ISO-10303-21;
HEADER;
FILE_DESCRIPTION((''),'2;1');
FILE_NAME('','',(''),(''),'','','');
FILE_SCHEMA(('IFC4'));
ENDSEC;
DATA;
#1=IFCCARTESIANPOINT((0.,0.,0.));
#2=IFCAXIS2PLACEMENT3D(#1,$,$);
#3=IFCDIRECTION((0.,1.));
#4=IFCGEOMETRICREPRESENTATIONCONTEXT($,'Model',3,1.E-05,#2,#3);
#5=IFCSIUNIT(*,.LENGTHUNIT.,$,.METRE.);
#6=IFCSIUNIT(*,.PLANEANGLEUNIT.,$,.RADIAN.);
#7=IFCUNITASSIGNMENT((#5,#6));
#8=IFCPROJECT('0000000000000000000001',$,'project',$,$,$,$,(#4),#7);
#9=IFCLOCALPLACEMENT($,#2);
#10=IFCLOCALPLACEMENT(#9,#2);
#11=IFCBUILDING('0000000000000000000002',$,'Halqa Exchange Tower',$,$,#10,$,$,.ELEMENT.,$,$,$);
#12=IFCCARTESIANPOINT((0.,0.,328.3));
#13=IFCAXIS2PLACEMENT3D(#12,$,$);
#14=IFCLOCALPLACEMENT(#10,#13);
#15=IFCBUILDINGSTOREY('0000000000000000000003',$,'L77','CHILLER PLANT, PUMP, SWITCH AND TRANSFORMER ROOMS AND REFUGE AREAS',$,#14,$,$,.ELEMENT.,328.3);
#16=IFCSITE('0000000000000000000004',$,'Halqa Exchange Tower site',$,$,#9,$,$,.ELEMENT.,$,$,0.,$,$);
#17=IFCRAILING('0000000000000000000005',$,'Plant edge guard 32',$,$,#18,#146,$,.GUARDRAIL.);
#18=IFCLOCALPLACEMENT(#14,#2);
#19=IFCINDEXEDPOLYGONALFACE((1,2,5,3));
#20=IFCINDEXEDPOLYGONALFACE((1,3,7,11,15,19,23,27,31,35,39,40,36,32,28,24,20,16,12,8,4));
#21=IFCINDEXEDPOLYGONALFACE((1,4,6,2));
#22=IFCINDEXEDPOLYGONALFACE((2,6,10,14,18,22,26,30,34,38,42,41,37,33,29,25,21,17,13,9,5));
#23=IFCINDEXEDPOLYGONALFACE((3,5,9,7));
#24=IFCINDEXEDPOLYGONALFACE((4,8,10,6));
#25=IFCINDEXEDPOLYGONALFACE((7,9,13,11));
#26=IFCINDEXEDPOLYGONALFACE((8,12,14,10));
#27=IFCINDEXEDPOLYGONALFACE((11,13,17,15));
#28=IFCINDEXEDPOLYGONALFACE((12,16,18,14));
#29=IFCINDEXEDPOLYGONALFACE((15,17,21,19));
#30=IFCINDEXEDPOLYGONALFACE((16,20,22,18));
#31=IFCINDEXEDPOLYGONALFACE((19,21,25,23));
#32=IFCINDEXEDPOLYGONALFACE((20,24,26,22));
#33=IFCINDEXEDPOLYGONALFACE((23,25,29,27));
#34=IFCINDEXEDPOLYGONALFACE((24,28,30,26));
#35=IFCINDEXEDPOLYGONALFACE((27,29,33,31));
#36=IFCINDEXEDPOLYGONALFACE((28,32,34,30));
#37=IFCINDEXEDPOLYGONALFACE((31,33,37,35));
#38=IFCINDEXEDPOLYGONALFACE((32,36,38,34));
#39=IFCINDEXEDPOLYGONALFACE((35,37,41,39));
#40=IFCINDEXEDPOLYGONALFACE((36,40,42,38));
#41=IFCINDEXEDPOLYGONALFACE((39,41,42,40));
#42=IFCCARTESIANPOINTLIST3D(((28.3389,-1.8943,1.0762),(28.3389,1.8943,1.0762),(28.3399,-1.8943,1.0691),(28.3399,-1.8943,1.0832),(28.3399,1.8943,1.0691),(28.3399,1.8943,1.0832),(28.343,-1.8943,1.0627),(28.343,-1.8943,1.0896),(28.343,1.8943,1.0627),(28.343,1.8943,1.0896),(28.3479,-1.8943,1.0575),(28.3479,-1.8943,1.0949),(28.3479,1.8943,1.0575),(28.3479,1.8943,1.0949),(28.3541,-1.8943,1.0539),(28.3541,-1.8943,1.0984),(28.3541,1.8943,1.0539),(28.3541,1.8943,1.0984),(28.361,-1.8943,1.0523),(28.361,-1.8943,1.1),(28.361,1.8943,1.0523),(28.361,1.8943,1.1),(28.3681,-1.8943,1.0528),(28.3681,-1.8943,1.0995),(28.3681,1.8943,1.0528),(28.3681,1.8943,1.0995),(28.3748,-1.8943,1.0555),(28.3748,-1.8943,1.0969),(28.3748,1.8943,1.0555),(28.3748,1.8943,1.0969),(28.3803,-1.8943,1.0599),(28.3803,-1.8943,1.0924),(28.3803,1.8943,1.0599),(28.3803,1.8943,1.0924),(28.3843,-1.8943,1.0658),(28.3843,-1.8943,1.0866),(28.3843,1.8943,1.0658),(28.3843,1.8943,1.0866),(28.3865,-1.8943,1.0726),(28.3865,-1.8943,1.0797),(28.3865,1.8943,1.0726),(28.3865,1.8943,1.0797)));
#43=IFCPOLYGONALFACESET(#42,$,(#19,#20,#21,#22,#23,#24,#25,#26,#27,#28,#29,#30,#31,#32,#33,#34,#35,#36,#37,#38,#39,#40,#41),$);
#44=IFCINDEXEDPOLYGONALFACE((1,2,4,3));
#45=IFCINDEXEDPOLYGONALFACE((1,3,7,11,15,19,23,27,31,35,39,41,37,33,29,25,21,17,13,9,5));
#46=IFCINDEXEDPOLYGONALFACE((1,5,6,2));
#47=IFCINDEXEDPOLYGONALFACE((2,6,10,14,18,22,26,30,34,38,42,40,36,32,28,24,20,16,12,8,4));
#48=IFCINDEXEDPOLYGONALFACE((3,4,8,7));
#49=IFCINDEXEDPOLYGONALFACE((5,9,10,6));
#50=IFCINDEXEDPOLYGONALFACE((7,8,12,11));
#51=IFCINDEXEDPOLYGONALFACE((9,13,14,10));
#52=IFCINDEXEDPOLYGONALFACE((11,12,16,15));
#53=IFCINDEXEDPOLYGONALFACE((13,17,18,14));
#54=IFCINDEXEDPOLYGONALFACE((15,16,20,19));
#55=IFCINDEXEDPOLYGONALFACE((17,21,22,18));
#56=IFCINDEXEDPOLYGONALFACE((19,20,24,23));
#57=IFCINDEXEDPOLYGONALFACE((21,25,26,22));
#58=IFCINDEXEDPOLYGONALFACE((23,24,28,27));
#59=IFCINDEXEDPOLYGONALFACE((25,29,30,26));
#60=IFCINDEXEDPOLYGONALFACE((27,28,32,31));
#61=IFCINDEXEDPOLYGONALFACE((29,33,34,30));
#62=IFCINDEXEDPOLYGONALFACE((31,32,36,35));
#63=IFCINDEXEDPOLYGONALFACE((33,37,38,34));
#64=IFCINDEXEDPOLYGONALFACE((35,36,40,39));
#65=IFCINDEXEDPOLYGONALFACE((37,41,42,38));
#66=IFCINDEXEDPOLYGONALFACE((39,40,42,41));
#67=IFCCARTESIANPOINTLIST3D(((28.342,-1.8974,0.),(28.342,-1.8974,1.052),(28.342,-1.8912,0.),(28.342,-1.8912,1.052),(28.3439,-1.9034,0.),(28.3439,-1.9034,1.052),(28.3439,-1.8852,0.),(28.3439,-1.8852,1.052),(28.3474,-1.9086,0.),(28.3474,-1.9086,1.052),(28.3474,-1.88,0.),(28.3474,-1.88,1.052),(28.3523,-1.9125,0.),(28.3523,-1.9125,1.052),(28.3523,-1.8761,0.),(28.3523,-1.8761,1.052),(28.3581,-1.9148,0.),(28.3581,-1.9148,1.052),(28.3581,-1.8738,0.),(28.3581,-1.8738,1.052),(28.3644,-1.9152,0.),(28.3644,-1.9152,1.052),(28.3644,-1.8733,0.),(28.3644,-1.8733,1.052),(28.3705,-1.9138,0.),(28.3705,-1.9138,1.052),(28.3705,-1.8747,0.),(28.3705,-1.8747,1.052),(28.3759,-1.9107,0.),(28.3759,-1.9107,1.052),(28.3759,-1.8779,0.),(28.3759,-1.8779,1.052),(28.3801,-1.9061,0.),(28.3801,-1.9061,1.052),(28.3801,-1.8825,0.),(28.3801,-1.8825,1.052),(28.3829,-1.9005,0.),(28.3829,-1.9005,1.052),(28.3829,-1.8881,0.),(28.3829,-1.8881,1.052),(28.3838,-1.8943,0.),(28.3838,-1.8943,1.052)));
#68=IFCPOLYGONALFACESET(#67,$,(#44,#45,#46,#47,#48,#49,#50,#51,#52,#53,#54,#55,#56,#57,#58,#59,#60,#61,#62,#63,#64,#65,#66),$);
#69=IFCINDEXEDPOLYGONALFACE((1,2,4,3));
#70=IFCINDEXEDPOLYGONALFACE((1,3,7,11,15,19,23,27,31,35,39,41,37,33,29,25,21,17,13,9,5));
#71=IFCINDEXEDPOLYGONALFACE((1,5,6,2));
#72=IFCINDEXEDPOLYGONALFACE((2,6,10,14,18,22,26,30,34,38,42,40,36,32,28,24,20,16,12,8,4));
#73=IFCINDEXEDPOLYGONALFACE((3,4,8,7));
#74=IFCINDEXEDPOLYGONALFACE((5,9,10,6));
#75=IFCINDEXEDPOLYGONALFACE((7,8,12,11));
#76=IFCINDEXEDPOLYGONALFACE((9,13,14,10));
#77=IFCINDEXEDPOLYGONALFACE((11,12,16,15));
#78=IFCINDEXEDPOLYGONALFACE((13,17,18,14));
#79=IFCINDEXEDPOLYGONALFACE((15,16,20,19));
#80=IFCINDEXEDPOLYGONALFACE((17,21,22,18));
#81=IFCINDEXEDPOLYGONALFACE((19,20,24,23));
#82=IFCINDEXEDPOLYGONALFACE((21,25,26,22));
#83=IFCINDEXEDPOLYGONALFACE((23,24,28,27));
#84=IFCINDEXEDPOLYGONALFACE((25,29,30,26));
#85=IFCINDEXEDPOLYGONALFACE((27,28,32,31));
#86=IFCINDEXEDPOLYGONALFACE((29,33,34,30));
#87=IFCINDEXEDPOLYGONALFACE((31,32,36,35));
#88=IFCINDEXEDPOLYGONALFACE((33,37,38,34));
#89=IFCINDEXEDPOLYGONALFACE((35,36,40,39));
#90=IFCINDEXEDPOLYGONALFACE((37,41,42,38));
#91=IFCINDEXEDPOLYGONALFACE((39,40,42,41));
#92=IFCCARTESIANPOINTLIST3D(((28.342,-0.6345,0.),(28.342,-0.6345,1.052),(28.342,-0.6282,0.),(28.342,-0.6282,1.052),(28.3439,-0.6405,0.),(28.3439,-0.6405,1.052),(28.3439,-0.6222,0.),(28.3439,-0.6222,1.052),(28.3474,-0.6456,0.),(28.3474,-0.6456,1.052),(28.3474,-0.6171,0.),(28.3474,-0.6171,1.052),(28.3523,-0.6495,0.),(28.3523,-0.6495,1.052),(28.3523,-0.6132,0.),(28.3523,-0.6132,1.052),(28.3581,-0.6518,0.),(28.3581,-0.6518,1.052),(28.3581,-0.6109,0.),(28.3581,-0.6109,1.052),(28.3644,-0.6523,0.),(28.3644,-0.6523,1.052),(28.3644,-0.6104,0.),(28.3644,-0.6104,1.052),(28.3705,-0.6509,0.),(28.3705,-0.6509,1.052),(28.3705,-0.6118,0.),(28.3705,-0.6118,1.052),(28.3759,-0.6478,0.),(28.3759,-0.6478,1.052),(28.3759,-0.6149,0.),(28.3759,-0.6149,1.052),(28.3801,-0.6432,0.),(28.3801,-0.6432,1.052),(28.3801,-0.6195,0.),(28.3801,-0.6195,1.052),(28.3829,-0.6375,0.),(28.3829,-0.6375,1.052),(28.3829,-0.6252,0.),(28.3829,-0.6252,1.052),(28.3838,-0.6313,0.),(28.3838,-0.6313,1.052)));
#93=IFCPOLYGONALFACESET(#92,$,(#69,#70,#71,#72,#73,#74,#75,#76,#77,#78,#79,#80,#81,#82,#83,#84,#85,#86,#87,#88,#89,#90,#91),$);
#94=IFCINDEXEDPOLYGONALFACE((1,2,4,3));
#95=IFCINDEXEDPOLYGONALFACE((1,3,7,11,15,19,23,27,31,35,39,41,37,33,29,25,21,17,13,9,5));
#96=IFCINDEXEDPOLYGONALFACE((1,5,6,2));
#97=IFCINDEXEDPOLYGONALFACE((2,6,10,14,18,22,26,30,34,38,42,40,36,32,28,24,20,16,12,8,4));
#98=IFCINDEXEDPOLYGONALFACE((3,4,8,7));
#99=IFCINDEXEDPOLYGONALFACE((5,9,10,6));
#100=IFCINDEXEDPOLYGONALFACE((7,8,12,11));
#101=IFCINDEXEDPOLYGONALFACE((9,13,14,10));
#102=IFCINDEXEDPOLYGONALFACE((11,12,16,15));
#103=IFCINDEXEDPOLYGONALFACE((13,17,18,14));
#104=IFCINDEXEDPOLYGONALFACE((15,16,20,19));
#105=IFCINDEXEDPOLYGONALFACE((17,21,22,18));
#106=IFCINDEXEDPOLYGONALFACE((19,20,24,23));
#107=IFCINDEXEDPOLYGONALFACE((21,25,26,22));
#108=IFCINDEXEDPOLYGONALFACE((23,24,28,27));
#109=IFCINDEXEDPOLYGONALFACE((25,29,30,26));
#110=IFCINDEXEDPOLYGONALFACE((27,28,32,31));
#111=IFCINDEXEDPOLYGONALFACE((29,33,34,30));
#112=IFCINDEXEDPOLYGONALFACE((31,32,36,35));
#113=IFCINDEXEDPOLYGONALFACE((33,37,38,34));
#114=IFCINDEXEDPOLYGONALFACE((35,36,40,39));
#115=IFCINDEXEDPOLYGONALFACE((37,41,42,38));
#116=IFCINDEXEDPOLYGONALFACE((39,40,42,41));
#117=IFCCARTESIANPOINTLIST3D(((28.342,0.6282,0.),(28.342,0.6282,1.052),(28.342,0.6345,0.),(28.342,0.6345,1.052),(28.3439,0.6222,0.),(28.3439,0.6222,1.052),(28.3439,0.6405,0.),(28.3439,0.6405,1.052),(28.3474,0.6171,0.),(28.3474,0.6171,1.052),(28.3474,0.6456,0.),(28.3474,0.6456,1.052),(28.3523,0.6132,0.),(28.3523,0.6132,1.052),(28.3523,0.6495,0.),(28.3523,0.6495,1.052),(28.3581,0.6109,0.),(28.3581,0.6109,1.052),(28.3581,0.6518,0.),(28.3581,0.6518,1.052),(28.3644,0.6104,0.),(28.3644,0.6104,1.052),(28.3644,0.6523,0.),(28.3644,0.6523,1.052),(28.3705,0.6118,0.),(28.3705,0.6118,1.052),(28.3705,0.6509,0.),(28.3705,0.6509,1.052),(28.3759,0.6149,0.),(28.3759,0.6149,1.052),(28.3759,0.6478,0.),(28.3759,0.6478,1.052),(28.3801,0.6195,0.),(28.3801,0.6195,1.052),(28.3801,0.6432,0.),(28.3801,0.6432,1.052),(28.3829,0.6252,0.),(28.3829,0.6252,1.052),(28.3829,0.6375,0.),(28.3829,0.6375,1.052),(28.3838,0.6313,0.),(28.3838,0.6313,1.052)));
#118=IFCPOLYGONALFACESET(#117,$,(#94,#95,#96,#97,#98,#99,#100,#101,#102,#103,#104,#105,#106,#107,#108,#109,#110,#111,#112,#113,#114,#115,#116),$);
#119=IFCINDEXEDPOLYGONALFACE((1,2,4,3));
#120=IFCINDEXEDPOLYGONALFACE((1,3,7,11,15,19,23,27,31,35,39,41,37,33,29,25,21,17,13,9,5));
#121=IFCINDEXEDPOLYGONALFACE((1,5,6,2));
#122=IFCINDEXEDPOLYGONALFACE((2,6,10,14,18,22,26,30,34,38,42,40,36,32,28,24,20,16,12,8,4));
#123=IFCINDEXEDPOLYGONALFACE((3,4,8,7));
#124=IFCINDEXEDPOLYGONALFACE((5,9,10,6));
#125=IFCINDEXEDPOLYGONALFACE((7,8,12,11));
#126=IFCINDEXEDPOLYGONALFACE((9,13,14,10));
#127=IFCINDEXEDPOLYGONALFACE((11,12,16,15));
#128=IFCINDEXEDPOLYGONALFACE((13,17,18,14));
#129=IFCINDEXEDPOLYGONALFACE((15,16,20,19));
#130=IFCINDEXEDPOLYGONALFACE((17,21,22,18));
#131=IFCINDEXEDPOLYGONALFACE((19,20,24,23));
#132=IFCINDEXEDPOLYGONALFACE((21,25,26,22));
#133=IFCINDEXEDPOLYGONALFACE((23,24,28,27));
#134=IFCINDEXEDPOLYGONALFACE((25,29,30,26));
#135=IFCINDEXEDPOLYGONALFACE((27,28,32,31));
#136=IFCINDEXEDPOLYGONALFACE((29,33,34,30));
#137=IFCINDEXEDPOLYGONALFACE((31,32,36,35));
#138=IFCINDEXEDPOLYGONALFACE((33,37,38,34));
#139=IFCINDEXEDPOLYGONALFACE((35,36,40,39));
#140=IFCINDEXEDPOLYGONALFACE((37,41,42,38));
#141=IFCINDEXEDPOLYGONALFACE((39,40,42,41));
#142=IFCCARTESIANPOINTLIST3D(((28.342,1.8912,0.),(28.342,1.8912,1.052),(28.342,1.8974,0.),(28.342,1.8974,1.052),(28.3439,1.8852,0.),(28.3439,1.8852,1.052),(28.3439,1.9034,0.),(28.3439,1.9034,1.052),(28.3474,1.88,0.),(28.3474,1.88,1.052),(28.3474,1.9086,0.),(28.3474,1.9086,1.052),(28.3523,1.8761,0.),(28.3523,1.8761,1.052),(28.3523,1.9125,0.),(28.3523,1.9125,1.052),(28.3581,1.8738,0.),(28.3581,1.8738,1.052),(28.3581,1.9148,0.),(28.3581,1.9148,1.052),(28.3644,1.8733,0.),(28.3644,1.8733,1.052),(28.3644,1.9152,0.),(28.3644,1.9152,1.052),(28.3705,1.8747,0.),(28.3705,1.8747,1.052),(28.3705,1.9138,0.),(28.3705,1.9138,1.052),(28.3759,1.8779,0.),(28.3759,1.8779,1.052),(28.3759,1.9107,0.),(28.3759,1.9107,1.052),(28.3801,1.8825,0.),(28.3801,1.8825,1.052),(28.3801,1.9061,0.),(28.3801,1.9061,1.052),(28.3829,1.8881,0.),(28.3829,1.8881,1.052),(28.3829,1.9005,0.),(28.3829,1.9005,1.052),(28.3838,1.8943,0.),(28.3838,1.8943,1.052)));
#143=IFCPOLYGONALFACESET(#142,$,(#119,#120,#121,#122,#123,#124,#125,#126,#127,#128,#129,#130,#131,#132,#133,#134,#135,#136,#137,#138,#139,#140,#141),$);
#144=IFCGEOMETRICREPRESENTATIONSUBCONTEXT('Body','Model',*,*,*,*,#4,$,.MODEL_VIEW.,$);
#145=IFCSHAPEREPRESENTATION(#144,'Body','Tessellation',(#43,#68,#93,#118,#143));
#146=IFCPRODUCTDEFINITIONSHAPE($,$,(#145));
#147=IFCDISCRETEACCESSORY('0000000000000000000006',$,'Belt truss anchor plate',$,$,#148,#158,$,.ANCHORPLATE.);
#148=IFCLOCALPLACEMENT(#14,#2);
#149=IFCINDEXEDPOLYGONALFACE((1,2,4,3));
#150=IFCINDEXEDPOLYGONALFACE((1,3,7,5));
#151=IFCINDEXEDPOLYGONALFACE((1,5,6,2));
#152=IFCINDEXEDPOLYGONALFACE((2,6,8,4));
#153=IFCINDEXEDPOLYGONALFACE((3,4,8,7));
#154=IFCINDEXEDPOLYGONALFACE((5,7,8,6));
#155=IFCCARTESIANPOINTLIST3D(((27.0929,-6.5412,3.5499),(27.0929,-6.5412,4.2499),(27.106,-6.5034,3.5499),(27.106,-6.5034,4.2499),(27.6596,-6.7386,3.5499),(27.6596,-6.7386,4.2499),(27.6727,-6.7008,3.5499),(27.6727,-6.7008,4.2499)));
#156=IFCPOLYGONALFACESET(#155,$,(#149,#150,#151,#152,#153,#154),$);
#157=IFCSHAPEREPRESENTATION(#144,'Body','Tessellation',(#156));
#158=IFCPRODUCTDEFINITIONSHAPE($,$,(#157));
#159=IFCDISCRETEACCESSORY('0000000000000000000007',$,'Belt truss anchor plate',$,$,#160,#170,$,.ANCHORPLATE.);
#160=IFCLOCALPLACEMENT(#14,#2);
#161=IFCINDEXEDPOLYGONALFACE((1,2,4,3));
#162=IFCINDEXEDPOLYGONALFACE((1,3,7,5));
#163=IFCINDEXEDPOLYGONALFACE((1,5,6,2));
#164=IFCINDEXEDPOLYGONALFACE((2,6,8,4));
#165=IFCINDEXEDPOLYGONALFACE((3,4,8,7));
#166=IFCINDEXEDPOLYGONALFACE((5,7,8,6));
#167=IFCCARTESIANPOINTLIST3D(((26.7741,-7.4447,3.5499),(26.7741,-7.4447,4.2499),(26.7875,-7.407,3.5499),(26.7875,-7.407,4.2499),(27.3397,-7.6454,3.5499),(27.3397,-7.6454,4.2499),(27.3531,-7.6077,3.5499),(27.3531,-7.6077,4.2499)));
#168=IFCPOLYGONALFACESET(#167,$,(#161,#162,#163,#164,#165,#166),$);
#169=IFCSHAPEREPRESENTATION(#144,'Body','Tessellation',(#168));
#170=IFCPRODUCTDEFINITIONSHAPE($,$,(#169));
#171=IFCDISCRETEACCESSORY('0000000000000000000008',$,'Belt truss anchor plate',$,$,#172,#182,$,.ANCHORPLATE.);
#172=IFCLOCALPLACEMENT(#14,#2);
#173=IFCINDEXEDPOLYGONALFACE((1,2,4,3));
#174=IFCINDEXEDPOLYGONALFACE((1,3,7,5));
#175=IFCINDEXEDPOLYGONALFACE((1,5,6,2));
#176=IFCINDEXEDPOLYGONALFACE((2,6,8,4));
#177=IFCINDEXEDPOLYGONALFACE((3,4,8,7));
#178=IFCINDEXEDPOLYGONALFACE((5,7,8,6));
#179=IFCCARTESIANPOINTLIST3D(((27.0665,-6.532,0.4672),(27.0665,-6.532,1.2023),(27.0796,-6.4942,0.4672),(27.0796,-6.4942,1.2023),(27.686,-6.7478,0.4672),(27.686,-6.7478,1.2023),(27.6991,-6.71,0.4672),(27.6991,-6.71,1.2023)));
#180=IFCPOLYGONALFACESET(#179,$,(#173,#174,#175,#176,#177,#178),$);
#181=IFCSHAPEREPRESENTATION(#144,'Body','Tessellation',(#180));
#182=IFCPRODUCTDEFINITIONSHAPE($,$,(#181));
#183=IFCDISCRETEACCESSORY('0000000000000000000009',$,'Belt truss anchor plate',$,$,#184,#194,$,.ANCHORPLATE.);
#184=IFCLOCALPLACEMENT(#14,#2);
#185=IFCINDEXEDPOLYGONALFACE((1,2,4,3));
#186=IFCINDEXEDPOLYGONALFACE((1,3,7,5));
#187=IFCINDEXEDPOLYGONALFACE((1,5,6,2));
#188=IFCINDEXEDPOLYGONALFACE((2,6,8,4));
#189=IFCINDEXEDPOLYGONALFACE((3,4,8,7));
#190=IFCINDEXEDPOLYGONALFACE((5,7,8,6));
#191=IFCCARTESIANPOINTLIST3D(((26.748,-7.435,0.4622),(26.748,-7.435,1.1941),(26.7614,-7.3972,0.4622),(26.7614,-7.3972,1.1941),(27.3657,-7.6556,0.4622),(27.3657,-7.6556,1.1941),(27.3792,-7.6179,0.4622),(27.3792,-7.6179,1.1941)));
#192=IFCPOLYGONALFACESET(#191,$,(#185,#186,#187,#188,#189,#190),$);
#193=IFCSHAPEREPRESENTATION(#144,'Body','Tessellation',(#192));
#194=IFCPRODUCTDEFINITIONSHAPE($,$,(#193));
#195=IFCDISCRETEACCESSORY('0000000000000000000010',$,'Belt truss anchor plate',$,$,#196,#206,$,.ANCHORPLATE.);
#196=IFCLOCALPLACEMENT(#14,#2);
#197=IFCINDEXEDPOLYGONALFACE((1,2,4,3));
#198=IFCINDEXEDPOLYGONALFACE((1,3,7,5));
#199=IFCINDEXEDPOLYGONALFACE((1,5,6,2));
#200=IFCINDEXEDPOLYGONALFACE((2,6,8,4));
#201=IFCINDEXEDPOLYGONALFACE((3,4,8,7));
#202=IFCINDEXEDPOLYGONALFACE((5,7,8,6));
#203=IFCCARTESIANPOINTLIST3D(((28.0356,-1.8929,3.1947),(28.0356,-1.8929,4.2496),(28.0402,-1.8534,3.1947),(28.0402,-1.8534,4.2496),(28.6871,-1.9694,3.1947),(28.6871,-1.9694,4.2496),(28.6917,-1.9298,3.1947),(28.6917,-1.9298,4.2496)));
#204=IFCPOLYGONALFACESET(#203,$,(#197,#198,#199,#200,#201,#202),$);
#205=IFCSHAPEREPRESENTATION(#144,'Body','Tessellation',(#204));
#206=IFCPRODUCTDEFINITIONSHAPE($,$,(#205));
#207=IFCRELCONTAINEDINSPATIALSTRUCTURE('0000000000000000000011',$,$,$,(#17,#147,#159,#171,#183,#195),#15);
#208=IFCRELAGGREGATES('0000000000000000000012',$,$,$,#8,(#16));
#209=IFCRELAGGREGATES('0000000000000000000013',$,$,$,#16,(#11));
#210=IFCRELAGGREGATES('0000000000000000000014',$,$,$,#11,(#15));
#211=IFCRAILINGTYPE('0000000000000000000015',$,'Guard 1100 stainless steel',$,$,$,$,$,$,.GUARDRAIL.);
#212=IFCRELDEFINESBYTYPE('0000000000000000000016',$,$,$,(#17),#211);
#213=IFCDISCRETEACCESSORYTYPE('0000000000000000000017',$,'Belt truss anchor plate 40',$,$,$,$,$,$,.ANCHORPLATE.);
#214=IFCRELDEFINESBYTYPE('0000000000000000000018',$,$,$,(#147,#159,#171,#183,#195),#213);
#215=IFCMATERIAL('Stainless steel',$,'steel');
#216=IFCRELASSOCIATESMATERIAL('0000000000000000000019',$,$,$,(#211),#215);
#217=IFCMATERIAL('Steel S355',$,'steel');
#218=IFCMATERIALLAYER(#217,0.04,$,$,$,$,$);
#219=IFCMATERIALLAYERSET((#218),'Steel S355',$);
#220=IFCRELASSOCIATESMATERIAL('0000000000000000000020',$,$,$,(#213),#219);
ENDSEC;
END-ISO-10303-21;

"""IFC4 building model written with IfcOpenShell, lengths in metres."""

from ifc_helpers import new_model, si_unit, direction, frame, origin, origin_2d, place, context, subcontext, project, spatial, rectangle, circle, extrude, material, layer, layer_set, type_object, element, save


model = new_model("IFC4")

# Units and contexts
model_context = context("Model", 3, precision=1e-05, world=origin(), true_north=direction((0.0, 1.0)))
body_context = subcontext(model_context, "Body", "Model", "MODEL_VIEW")
ifc_project = project(units=[si_unit("LENGTHUNIT", "METRE"), si_unit("PLANEANGLEUNIT", "RADIAN")], contexts=[model_context])

# Site, building, storey
site_placement = place(None, origin())
site = spatial("IfcSite", under=ifc_project, at=site_placement, Name="Halqa Exchange Tower site", CompositionType="ELEMENT", RefElevation=0.0)
building_placement = place(site_placement, origin())
building = spatial("IfcBuilding", under=site, at=building_placement, Name="Halqa Exchange Tower", CompositionType="ELEMENT")
storey_placement = place(building_placement, frame((0.0, 0.0, 328.3)))
storey = spatial("IfcBuildingStorey", under=building, at=storey_placement, Name="L77", Description="CHILLER PLANT, PUMP, SWITCH AND TRANSFORMER ROOMS AND REFUGE AREAS", CompositionType="ELEMENT", Elevation=328.3)

# Shared definitions
ifc_material_1 = material(Name="Steel S355", Category="steel")

# Railing
ifc_material_2 = material(Name="Stainless steel", Category="steel")
railing_type = type_object("IfcRailingType", Name="Guard 1100 stainless steel", PredefinedType="GUARDRAIL", material=ifc_material_2)
railing_1_placement = place(storey_placement, frame((28.3628, -1.8943, 0.0)))
element("IfcRailing", 1, at=railing_1_placement, inside=storey, type_object=railing_type, Name="Plant edge guard 32", PredefinedType="GUARDRAIL", context=body_context, shape_type="SweptSolid", body=[
    extrude(circle(Radius=0.0239, at=origin_2d()), frame((0.0, 0.0, 1.0762), z_axis=(0.0, 1.0, 0.0), x_axis=(-1.0, 0.0, 0.0)), (0.0, 0.0, 1.0), 3.7886),
    extrude(circle(Radius=0.021, at=origin_2d()), origin(), (0.0, 0.0, 1.0), 1.052),
    extrude(circle(Radius=0.021, at=origin_2d()), frame((0.0, 1.2629, 0.0)), (0.0, 0.0, 1.0), 1.052),
    extrude(circle(Radius=0.021, at=origin_2d()), frame((0.0, 2.5256, 0.0)), (0.0, 0.0, 1.0), 1.052),
    extrude(circle(Radius=0.021, at=origin_2d()), frame((0.0, 3.7886, 0.0)), (0.0, 0.0, 1.0), 1.052),
])

# Discrete accessories
ifc_layer_1 = layer(ifc_material_1, 0.04)
ifc_layer_set_1 = layer_set([ifc_layer_1], Name="Steel S355")
discrete_accessory_type = type_object("IfcDiscreteAccessoryType", Name="Belt truss anchor plate 40", PredefinedType="ANCHORPLATE", material=ifc_layer_set_1)
for number, where, z_axis, x_axis, name in (
    (2, (27.3762, -6.6399, 3.8999), (0.328993, 0.944332, 0.0), (-0.944332, 0.328993, 0.0), "Belt truss anchor plate"),
    (3, (27.0703, -7.5073, 3.8999), (-0.33441, -0.942428, 0.0), (0.942428, -0.33441, 0.0), "Belt truss anchor plate"),
):
    element("IfcDiscreteAccessory", number, at=place(storey_placement, frame(where, z_axis=z_axis, x_axis=x_axis)), inside=storey, type_object=discrete_accessory_type, Name=name, PredefinedType="ANCHORPLATE", context=body_context, shape_type="SweptSolid", body=[
        extrude(rectangle(XDim=0.6001, YDim=0.7, at=origin_2d()), origin(), (0.0, 0.0, 1.0), 0.04),
    ])
discrete_accessory_1_placement = place(storey_placement, frame((27.3762, -6.6399, 0.8347), z_axis=(0.328993, 0.944332, 0.0), x_axis=(-0.944332, 0.328993, 0.0)))
element("IfcDiscreteAccessory", 4, at=discrete_accessory_1_placement, inside=storey, type_object=discrete_accessory_type, Name="Belt truss anchor plate", PredefinedType="ANCHORPLATE", context=body_context, shape_type="SweptSolid", body=[
    extrude(rectangle(XDim=0.656, YDim=0.7351, at=origin_2d()), origin(), (0.0, 0.0, 1.0), 0.04),
])
discrete_accessory_2_placement = place(storey_placement, frame((27.0703, -7.5076, 0.8281), z_axis=(-0.336336, -0.941742, 0.0), x_axis=(0.941742, -0.336336, 0.0)))
element("IfcDiscreteAccessory", 5, at=discrete_accessory_2_placement, inside=storey, type_object=discrete_accessory_type, Name="Belt truss anchor plate", PredefinedType="ANCHORPLATE", context=body_context, shape_type="SweptSolid", body=[
    extrude(rectangle(XDim=0.656, YDim=0.7319, at=origin_2d()), origin(), (0.0, 0.0, 1.0), 0.04),
])
discrete_accessory_3_placement = place(storey_placement, frame((28.3613, -1.9312, 3.7222), z_axis=(0.116486, 0.993192, 0.0), x_axis=(-0.993192, 0.116486, 0.0)))
element("IfcDiscreteAccessory", 6, at=discrete_accessory_3_placement, inside=storey, type_object=discrete_accessory_type, Name="Belt truss anchor plate", PredefinedType="ANCHORPLATE", context=body_context, shape_type="SweptSolid", body=[
    extrude(rectangle(XDim=0.656, YDim=1.0549, at=origin_2d()), origin(), (0.0, 0.0, 1.0), 0.0398),
])

save(model, "model.ifc")
